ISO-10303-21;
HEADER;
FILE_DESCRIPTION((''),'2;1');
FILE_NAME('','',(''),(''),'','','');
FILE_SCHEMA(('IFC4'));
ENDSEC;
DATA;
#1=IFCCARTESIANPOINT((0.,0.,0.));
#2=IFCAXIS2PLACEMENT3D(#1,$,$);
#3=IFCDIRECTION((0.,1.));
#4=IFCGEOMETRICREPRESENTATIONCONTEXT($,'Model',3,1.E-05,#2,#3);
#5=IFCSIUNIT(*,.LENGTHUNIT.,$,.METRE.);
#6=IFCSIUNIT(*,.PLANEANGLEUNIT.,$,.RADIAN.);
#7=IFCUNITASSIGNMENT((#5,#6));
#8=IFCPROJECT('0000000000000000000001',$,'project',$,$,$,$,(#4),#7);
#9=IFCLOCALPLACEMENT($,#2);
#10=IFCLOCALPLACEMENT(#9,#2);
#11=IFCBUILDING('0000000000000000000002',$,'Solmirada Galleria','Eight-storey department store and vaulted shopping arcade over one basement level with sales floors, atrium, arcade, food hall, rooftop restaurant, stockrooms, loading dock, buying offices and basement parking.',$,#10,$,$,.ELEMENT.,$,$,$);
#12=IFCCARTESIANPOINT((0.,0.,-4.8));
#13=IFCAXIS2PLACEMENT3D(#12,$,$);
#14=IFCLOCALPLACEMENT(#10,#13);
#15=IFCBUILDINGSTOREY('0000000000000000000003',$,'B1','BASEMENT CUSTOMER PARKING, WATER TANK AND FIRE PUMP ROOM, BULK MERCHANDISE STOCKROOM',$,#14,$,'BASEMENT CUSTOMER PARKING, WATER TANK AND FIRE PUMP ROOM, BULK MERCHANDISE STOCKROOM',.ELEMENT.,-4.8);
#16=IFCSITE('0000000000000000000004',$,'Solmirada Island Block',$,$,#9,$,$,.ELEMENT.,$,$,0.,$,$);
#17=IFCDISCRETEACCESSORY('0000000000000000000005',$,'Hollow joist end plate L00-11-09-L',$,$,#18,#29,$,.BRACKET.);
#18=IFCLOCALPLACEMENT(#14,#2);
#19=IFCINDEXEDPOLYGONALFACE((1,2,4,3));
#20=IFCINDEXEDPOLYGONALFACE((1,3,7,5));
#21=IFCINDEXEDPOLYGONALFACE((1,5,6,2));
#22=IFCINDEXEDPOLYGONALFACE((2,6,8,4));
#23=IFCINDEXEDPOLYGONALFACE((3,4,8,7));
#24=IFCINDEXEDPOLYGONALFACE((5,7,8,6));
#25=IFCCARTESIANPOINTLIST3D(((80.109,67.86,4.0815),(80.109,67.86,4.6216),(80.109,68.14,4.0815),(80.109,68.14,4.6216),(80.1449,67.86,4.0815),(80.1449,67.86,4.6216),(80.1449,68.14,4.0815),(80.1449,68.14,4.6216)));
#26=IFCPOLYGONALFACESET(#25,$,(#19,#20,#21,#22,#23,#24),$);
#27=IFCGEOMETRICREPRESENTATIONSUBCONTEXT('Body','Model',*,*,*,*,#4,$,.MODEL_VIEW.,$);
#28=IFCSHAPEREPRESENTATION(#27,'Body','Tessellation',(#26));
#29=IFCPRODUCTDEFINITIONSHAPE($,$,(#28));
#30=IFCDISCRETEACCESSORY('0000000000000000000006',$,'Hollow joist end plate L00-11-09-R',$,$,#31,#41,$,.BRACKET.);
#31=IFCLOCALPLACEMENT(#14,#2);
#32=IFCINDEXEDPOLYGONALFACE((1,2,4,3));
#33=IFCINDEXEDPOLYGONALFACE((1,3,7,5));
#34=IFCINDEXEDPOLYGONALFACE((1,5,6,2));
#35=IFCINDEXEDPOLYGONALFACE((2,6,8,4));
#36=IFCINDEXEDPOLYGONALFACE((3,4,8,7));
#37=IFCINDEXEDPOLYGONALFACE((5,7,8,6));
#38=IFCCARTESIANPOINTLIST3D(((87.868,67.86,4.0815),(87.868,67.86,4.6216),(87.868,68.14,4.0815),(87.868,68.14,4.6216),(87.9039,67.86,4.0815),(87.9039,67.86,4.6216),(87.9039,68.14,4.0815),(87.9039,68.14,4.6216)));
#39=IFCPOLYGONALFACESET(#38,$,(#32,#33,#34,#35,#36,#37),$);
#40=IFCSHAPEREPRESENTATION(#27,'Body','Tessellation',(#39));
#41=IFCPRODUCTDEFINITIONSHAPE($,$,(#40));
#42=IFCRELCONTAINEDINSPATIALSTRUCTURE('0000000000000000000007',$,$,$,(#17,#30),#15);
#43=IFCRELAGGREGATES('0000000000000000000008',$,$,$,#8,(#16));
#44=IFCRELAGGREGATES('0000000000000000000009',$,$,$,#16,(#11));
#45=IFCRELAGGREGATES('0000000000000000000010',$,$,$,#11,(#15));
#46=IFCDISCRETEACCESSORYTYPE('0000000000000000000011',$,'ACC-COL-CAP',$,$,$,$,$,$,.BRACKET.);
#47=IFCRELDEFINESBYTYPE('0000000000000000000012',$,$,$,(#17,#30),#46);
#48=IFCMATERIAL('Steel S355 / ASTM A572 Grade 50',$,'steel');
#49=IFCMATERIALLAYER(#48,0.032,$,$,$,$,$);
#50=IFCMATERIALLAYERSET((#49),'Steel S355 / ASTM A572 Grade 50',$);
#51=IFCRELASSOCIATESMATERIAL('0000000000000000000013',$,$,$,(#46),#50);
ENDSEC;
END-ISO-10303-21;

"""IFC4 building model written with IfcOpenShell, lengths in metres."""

from ifc_helpers import new_model, si_unit, direction, frame, origin, origin_2d, place, context, subcontext, project, spatial, rectangle, extrude, material, layer, layer_set, type_object, element, save


model = new_model("IFC4")

# Units and contexts
model_context = context("Model", 3, precision=1e-05, world=origin(), true_north=direction((0.0, 1.0)))
body_context = subcontext(model_context, "Body", "Model", "MODEL_VIEW")
ifc_project = project(units=[si_unit("LENGTHUNIT", "METRE"), si_unit("PLANEANGLEUNIT", "RADIAN")], contexts=[model_context])

# Site, building, storey
site_placement = place(None, origin())
site = spatial("IfcSite", under=ifc_project, at=site_placement, Name="Solmirada Island Block", CompositionType="ELEMENT", RefElevation=0.0)
building_placement = place(site_placement, origin())
building = spatial("IfcBuilding", under=site, at=building_placement, Name="Solmirada Galleria", Description="Eight-storey department store and vaulted shopping arcade over one basement level with sales floors, atrium, arcade, food hall, rooftop restaurant, stockrooms, loading dock, buying offices and basement parking.", CompositionType="ELEMENT")
storey_placement = place(building_placement, frame((0.0, 0.0, -4.8)))
storey = spatial("IfcBuildingStorey", under=building, at=storey_placement, Name="B1", Description="BASEMENT CUSTOMER PARKING, WATER TANK AND FIRE PUMP ROOM, BULK MERCHANDISE STOCKROOM", LongName="BASEMENT CUSTOMER PARKING, WATER TANK AND FIRE PUMP ROOM, BULK MERCHANDISE STOCKROOM", CompositionType="ELEMENT", Elevation=-4.8)

# Discrete accessories
ifc_material_1 = material(Name="Steel S355 / ASTM A572 Grade 50", Category="steel")
ifc_layer_1 = layer(ifc_material_1, 0.032)
ifc_layer_set_1 = layer_set([ifc_layer_1], Name="Steel S355 / ASTM A572 Grade 50")
discrete_accessory_type = type_object("IfcDiscreteAccessoryType", Name="ACC-COL-CAP", PredefinedType="BRACKET", material=ifc_layer_set_1)
for number, where, z_axis, x_axis, name in (
    (1, (80.127, 68.0, 4.0815), (0.0, 0.0, 1.0), (1.0, 0.0, 0.0), "Hollow joist end plate L00-11-09-L"),
    (2, (87.886, 68.0, 4.0815), (0.0, 0.0, 1.0), (1.0, 0.0, 0.0), "Hollow joist end plate L00-11-09-R"),
):
    element("IfcDiscreteAccessory", number, at=place(storey_placement, frame(where, z_axis=z_axis, x_axis=x_axis)), inside=storey, type_object=discrete_accessory_type, Name=name, PredefinedType="BRACKET", context=body_context, shape_type="SweptSolid", body=[
        extrude(rectangle(XDim=0.0359, YDim=0.28, at=origin_2d()), origin(), (0.0, 0.0, 1.0), 0.54),
    ])

save(model, "model.ifc")
